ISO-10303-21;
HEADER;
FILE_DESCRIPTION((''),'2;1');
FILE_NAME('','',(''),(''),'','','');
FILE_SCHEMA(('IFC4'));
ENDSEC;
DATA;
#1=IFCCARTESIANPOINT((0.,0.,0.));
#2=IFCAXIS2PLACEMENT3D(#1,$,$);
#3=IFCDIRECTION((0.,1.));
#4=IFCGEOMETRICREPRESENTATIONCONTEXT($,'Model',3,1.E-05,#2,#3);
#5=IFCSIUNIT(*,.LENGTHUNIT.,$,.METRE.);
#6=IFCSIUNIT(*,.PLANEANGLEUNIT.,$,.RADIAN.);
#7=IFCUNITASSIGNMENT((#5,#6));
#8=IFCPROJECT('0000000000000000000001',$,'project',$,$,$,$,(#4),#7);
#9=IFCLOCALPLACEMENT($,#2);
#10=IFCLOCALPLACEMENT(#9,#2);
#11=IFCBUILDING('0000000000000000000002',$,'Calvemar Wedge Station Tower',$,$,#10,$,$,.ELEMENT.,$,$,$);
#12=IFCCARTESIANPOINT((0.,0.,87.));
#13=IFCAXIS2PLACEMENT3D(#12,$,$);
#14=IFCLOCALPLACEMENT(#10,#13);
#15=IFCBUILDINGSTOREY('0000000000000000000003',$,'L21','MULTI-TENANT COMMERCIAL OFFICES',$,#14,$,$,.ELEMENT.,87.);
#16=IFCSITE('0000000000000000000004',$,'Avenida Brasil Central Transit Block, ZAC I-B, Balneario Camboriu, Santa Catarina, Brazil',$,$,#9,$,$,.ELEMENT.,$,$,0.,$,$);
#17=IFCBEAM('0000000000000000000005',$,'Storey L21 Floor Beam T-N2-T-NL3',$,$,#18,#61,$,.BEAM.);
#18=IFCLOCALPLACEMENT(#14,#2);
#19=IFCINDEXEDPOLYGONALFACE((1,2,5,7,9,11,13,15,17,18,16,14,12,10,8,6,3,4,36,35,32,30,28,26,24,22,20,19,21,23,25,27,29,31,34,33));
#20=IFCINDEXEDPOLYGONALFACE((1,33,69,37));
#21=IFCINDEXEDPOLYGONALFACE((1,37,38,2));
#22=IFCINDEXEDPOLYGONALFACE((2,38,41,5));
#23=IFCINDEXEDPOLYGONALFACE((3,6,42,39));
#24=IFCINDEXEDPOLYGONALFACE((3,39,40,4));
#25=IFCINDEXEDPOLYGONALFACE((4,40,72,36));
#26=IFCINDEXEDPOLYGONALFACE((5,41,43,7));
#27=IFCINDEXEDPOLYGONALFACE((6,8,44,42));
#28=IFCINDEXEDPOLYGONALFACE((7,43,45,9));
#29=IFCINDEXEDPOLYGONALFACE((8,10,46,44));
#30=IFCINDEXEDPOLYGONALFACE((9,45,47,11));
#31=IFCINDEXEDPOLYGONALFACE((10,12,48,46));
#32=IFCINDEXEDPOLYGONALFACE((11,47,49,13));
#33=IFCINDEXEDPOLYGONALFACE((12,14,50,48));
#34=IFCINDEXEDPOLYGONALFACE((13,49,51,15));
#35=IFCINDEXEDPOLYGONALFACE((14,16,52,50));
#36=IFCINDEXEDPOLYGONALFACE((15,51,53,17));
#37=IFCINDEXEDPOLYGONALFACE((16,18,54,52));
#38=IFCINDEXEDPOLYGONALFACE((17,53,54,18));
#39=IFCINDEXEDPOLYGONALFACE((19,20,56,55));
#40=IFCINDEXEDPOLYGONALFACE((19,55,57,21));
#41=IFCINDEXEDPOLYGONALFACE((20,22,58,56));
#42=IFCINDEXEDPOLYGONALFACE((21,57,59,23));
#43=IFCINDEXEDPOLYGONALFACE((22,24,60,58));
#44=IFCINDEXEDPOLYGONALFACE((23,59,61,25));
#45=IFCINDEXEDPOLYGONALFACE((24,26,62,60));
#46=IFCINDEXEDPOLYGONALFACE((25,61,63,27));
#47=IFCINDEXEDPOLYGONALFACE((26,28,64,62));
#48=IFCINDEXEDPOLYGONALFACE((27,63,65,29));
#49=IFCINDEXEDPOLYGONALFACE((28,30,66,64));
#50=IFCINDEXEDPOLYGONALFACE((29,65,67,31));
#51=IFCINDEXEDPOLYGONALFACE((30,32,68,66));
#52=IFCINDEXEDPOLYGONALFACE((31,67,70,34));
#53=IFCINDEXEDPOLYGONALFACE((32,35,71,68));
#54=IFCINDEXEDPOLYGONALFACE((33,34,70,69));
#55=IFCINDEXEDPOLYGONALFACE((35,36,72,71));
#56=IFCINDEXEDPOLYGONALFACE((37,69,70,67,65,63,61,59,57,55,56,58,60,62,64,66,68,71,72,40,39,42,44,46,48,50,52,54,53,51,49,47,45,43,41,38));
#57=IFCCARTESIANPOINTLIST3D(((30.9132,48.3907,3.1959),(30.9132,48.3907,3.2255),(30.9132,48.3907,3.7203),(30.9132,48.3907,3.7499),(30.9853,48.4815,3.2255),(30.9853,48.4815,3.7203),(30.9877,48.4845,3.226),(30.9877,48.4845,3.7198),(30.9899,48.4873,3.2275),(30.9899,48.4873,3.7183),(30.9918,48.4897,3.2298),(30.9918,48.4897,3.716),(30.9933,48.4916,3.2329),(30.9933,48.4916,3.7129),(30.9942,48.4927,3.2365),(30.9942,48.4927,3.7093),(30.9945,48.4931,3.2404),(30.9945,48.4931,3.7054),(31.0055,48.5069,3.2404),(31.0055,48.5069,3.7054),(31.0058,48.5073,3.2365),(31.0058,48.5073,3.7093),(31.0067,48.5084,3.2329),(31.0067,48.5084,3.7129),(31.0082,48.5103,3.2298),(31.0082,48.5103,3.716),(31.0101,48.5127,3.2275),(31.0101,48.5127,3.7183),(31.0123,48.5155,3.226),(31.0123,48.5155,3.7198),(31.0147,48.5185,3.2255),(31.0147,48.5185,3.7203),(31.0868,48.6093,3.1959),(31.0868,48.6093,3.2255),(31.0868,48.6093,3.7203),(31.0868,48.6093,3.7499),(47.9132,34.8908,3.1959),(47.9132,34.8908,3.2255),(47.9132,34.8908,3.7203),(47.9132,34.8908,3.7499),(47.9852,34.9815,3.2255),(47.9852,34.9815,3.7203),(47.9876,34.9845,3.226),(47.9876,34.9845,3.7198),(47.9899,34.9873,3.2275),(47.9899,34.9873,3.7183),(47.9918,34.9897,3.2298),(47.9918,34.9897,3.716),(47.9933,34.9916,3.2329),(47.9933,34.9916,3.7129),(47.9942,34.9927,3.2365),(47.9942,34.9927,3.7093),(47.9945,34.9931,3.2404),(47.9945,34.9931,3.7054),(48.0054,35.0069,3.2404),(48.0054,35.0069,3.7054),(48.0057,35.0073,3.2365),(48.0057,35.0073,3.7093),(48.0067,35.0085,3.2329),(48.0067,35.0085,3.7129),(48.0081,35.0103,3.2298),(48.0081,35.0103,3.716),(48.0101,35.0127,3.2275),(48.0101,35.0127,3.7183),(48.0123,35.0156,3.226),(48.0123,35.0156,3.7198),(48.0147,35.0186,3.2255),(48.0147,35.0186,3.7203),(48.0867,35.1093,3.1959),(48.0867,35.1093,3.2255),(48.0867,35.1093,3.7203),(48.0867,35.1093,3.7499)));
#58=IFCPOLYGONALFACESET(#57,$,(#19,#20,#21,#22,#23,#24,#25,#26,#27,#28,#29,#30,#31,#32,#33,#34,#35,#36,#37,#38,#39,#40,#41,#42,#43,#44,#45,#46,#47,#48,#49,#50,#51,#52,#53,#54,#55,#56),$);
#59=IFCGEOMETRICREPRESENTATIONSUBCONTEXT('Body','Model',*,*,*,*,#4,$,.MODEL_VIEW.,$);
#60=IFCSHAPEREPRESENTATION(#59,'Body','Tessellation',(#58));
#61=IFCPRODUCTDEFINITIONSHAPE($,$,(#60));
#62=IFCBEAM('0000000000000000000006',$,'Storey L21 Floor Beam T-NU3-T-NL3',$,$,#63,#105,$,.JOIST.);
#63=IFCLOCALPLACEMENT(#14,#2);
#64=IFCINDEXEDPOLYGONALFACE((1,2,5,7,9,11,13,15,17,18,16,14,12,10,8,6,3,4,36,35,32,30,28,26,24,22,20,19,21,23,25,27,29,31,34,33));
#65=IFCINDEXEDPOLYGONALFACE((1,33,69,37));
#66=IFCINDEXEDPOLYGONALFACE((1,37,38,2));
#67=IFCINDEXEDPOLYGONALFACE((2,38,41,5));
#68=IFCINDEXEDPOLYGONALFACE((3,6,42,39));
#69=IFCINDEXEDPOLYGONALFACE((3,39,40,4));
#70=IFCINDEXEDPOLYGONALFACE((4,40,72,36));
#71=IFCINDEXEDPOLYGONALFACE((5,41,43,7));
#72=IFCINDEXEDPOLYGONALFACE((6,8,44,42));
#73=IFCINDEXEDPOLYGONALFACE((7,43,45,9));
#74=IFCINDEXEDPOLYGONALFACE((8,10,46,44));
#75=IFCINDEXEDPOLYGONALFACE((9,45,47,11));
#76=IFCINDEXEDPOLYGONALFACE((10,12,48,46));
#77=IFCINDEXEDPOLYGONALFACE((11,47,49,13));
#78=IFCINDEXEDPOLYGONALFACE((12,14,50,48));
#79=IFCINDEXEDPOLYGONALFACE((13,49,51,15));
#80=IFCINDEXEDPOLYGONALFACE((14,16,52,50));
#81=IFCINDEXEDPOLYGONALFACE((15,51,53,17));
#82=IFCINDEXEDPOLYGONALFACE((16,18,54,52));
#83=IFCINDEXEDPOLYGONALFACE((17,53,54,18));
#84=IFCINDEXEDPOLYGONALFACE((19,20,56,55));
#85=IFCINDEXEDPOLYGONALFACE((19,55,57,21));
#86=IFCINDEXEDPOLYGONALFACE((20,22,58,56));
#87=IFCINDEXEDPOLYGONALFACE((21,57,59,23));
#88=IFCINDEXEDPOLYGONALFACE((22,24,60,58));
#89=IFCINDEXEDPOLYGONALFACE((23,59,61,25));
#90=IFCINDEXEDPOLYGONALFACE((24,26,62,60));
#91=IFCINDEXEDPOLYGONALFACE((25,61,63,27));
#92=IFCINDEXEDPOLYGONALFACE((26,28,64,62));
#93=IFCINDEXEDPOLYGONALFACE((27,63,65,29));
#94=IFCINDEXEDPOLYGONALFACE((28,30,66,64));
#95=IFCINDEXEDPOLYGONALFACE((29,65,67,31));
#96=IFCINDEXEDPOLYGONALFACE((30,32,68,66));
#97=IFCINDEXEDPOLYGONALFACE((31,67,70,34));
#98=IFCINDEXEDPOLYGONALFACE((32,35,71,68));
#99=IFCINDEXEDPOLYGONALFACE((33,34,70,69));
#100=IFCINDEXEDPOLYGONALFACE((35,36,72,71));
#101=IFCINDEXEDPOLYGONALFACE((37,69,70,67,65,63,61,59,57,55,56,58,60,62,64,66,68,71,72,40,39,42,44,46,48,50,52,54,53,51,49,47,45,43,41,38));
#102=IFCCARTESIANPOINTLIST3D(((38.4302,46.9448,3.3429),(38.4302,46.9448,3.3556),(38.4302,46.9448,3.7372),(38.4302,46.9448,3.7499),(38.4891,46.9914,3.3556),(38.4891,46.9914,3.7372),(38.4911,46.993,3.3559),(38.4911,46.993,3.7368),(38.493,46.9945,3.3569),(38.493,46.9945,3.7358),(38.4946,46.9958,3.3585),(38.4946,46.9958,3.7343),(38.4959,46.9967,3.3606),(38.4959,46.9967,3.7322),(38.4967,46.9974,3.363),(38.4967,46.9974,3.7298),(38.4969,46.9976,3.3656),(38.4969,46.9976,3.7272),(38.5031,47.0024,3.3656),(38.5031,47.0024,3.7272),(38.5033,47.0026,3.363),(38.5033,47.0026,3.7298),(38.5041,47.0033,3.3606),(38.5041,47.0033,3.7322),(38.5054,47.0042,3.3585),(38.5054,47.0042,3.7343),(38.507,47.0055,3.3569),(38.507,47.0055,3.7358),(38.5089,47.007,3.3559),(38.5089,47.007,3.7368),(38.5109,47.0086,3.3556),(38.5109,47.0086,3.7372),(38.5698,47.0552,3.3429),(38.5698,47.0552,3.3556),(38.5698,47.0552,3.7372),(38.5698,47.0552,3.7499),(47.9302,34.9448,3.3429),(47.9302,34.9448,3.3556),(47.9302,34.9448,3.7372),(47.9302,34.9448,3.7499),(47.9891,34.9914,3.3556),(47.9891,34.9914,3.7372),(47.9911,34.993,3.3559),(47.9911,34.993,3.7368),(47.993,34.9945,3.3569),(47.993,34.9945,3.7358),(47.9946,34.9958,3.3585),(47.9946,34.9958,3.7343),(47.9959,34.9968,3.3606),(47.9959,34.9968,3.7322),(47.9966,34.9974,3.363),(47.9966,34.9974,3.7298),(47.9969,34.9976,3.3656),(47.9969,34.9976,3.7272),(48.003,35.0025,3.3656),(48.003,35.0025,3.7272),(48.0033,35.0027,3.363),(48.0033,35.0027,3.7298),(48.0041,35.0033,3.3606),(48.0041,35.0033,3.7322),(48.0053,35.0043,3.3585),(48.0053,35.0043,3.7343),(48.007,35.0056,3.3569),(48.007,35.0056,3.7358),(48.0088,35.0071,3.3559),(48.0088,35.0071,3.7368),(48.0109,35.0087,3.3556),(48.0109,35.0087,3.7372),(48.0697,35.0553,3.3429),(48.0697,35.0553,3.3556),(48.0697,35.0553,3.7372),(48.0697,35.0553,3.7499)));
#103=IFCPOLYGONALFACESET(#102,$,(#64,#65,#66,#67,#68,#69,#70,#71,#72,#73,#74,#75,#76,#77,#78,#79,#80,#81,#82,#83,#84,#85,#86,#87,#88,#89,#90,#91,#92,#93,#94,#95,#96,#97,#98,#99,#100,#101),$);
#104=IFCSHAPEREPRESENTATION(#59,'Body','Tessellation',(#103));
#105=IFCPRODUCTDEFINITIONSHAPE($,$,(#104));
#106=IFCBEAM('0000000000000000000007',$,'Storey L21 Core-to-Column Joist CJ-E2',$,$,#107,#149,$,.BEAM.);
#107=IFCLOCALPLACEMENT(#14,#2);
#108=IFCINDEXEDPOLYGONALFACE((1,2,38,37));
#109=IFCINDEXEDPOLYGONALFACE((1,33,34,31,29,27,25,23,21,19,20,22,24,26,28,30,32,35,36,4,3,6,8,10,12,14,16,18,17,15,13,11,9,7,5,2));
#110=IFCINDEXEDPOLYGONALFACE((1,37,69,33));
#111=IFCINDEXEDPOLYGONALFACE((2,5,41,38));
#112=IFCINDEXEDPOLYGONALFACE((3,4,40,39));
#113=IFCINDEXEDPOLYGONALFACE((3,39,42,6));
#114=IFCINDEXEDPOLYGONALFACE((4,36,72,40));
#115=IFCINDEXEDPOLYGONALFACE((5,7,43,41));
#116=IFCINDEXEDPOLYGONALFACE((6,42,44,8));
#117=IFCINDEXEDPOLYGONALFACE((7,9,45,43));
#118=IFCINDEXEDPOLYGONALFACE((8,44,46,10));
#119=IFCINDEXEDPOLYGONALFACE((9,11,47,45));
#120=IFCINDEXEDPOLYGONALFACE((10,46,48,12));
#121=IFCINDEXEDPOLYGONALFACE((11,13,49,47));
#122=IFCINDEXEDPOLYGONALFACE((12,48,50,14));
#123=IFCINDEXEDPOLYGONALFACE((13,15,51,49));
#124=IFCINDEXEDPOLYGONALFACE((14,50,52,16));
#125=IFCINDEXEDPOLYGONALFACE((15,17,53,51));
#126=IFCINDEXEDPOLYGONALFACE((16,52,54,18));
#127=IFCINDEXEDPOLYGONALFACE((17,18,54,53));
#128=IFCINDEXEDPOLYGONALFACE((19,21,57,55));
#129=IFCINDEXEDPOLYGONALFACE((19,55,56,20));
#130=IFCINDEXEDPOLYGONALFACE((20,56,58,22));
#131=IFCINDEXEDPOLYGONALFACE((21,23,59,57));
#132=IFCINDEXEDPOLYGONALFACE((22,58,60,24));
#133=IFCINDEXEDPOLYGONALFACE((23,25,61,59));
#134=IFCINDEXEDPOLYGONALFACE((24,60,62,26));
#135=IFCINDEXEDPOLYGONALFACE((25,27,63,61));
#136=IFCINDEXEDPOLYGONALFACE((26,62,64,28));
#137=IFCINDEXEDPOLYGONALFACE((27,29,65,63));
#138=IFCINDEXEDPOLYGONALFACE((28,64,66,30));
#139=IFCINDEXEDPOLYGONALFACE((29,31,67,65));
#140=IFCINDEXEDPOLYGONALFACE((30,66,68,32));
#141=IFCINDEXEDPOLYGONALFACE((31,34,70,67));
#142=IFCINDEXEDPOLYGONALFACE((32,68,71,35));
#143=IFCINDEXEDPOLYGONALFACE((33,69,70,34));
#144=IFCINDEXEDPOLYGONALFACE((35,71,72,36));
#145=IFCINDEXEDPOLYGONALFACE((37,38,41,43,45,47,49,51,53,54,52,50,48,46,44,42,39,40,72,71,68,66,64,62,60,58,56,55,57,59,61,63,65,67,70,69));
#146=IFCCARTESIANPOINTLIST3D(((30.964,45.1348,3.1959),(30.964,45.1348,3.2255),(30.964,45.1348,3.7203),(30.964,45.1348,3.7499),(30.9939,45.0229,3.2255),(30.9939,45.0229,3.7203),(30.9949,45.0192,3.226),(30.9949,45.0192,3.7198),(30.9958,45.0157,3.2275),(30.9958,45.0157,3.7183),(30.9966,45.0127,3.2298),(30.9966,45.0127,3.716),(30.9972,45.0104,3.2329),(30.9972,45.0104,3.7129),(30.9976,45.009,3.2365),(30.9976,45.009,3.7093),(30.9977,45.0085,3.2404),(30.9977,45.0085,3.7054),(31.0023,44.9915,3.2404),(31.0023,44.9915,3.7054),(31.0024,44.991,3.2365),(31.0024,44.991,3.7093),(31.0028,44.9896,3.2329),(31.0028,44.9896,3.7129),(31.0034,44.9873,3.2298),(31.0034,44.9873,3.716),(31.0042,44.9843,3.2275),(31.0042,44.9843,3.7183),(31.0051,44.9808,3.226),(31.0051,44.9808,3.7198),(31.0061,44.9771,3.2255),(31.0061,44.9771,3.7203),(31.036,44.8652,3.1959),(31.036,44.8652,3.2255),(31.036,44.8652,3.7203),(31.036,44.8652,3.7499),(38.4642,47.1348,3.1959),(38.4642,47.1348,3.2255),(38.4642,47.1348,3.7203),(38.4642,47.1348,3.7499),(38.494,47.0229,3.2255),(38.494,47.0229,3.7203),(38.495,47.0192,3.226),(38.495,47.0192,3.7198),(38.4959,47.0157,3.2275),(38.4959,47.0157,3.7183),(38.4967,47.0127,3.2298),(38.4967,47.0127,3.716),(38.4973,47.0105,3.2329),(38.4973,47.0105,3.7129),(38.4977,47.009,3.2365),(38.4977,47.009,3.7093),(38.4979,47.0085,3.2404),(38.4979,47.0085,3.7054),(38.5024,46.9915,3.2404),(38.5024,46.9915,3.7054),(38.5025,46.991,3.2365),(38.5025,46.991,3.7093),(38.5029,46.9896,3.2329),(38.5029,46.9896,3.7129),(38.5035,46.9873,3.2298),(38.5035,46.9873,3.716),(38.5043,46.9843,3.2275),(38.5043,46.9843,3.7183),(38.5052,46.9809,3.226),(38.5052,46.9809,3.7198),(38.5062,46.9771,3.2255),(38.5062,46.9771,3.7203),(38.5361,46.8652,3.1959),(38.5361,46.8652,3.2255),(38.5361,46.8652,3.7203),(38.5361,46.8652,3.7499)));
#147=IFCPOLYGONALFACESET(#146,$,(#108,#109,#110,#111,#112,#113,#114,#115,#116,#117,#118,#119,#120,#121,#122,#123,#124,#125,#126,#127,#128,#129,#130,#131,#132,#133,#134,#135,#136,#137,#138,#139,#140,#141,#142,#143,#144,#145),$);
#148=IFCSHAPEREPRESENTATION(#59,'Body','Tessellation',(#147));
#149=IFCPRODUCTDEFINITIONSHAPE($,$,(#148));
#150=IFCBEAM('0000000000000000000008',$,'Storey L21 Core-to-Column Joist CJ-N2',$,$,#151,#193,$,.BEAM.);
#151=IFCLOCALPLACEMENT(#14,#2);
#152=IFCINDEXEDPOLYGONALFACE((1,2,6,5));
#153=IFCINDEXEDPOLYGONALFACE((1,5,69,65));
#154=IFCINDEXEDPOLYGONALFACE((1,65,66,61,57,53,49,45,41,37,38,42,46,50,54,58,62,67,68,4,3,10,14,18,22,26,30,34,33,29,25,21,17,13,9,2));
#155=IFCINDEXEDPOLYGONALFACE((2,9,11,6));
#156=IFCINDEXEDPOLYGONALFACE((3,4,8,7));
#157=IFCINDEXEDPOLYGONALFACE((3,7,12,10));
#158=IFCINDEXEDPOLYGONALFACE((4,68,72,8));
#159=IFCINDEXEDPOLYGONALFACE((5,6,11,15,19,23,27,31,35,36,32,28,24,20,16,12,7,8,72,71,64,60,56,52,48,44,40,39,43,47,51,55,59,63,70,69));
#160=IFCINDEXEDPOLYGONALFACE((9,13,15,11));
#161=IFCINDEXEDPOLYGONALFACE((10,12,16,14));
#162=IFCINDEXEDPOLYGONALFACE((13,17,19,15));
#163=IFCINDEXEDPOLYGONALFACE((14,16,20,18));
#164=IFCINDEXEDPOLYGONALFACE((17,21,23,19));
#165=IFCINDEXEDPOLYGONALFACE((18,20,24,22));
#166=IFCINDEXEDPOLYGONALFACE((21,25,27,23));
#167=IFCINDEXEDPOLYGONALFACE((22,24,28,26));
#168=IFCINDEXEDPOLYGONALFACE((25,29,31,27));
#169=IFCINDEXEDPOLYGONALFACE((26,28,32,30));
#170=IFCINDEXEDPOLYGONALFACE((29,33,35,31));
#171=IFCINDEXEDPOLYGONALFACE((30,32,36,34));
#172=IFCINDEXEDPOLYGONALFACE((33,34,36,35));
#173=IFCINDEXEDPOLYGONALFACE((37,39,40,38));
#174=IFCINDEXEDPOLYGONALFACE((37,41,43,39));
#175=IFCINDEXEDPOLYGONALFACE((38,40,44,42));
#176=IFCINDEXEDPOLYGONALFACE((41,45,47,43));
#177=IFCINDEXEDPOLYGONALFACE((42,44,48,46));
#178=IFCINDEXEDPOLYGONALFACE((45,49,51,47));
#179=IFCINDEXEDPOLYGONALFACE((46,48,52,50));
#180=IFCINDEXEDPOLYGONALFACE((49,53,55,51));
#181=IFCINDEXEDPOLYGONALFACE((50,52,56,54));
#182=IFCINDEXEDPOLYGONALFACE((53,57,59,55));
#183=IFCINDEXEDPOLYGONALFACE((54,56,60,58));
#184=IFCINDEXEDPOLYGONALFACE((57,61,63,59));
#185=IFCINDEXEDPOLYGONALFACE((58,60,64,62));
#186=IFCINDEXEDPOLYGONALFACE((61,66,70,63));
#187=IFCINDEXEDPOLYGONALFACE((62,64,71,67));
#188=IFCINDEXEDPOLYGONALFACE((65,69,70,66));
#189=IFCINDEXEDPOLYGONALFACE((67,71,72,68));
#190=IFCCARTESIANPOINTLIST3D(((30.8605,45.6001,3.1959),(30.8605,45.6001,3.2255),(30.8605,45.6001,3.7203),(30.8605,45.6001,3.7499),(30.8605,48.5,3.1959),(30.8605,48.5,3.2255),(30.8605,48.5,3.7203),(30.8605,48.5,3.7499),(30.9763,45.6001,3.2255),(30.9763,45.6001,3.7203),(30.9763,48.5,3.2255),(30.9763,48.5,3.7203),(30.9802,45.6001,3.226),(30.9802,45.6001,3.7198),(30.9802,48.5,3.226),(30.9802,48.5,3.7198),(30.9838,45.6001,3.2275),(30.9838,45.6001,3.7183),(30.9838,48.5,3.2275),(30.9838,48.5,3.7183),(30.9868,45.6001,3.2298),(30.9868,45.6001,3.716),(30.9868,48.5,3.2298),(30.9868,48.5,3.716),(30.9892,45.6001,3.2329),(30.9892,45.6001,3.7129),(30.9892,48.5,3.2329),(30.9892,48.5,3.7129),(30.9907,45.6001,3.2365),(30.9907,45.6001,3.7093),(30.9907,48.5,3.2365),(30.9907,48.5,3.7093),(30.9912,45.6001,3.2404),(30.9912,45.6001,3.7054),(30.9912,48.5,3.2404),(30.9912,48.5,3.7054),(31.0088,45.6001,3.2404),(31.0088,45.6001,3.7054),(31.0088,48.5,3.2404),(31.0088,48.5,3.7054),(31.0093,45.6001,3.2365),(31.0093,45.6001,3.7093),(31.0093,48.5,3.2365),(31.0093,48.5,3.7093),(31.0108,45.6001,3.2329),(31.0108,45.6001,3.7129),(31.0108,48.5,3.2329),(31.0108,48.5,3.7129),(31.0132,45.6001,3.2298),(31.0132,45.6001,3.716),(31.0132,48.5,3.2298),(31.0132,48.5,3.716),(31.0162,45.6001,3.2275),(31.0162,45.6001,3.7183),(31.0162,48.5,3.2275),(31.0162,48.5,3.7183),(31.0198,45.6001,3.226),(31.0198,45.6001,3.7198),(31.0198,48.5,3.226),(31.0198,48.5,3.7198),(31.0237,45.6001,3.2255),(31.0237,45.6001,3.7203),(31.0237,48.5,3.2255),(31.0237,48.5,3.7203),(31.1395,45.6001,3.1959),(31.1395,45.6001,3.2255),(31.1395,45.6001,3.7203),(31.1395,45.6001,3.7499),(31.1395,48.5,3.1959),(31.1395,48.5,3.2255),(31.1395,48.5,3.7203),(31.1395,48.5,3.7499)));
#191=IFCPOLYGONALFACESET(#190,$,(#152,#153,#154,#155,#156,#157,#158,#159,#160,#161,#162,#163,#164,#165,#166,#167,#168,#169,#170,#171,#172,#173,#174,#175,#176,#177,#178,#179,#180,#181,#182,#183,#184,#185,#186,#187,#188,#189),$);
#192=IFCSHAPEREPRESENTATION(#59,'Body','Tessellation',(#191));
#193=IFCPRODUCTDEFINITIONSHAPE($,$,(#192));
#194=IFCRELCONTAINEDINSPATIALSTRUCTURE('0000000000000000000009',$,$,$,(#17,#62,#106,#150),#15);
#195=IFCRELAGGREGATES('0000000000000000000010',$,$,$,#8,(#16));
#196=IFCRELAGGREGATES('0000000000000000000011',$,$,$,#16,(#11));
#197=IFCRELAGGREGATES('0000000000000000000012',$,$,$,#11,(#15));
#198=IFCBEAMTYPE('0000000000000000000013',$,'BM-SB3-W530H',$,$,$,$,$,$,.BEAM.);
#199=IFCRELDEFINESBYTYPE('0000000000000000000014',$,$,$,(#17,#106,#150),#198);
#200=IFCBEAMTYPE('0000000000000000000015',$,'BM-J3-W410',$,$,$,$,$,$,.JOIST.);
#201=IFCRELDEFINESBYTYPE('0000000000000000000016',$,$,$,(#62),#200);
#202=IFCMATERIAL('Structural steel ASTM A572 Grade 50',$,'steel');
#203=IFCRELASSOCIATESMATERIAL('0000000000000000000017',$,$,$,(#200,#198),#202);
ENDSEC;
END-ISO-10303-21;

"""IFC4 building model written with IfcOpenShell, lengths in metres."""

from ifc_helpers import new_model, si_unit, direction, frame, origin, origin_2d, place, context, subcontext, project, spatial, i_section, extrude, source, transform, mapped, material, material_profile, profile_set, type_object, element, save


model = new_model("IFC4")

# Units and contexts
model_context = context("Model", 3, precision=1e-05, world=origin(), true_north=direction((0.0, 1.0)))
body_context = subcontext(model_context, "Body", "Model", "MODEL_VIEW")
ifc_project = project(units=[si_unit("LENGTHUNIT", "METRE"), si_unit("PLANEANGLEUNIT", "RADIAN")], contexts=[model_context])

# Site, building, storey
site_placement = place(None, origin())
site = spatial("IfcSite", under=ifc_project, at=site_placement, Name="Avenida Brasil Central Transit Block, ZAC I-B, Balneario Camboriu, Santa Catarina, Brazil", CompositionType="ELEMENT", RefElevation=0.0)
building_placement = place(site_placement, origin())
building = spatial("IfcBuilding", under=site, at=building_placement, Name="Calvemar Wedge Station Tower", CompositionType="ELEMENT")
storey_placement = place(building_placement, frame((0.0, 0.0, 87.0)))
storey = spatial("IfcBuildingStorey", under=building, at=storey_placement, Name="L21", Description="MULTI-TENANT COMMERCIAL OFFICES", CompositionType="ELEMENT", Elevation=87.0)

# Beams
ifc_material_1 = material(Name="Structural steel ASTM A572 Grade 50", Category="steel")
ifc_material_profile_1 = material_profile(ifc_material_1, i_section(OverallWidth=0.178, OverallDepth=0.407, WebThickness=0.0078, FlangeThickness=0.0127, FilletRadius=0.01, at=origin_2d()), Name="W410x60")
ifc_profile_set_1 = profile_set([ifc_material_profile_1], Name="Structural steel ASTM A572 Grade 50")
beam_type_1 = type_object("IfcBeamType", Name="BM-J3-W410", PredefinedType="JOIST", material=ifc_profile_set_1)
ifc_material_profile_2 = material_profile(ifc_material_1, i_section(OverallWidth=0.2791, OverallDepth=0.554, WebThickness=0.0176, FlangeThickness=0.0295, FilletRadius=0.0149, at=origin_2d()), Name="W530x196")
ifc_profile_set_2 = profile_set([ifc_material_profile_2], Name="Structural steel ASTM A572 Grade 50")
beam_type_2 = type_object("IfcBeamType", Name="BM-SB3-W530H", PredefinedType="BEAM", material=ifc_profile_set_2)
shared_shape_1 = source(origin(), body_context, "Body", "SweptSolid", [
    extrude(i_section(OverallWidth=0.2791, OverallDepth=0.554, WebThickness=0.0176, FlangeThickness=0.0295, FilletRadius=0.0149, at=origin_2d()), origin(), (0.0, 0.0, 1.0), 21.7083),
])
beam_1_placement = place(storey_placement, frame((31.0, 48.5, 3.4729), z_axis=(0.783111, -0.621882, 0.0), x_axis=(0.621882, 0.783111, 0.0)))
element("IfcBeam", 1, at=beam_1_placement, inside=storey, type_object=beam_type_2, Name="Storey L21 Floor Beam T-N2-T-NL3", PredefinedType="BEAM", context=body_context, shape_type="MappedRepresentation", body=[
    mapped(shared_shape_1, transform((0.0, 0.0, 0.0), scale=1.0)),
])
shared_shape_2 = source(origin(), body_context, "Body", "SweptSolid", [
    extrude(i_section(OverallWidth=0.178, OverallDepth=0.407, WebThickness=0.0078, FlangeThickness=0.0127, FilletRadius=0.01, at=origin_2d()), origin(), (0.0, 0.0, 1.0), 15.3052),
])
beam_2_placement = place(storey_placement, frame((38.5, 47.0, 3.5464), z_axis=(0.620703, -0.784046, 0.0), x_axis=(0.784046, 0.620703, 0.0)))
element("IfcBeam", 2, at=beam_2_placement, inside=storey, type_object=beam_type_1, Name="Storey L21 Floor Beam T-NU3-T-NL3", PredefinedType="JOIST", context=body_context, shape_type="MappedRepresentation", body=[
    mapped(shared_shape_2, transform((0.0, 0.0, 0.0), scale=1.0)),
])
shared_shape_3 = source(origin(), body_context, "Body", "SweptSolid", [
    extrude(i_section(OverallWidth=0.2791, OverallDepth=0.554, WebThickness=0.0176, FlangeThickness=0.0295, FilletRadius=0.0149, at=origin_2d()), origin(), (0.0, 0.0, 1.0), 7.7622),
])
beam_3_placement = place(storey_placement, frame((31.0, 45.0, 3.4729), z_axis=(0.966235, 0.257663, 0.0), x_axis=(-0.257663, 0.966235, 0.0)))
element("IfcBeam", 3, at=beam_3_placement, inside=storey, type_object=beam_type_2, Name="Storey L21 Core-to-Column Joist CJ-E2", PredefinedType="BEAM", context=body_context, shape_type="MappedRepresentation", body=[
    mapped(shared_shape_3, transform((0.0, 0.0, 0.0), scale=1.0)),
])
shared_shape_4 = source(origin(), body_context, "Body", "SweptSolid", [
    extrude(i_section(OverallWidth=0.2791, OverallDepth=0.554, WebThickness=0.0176, FlangeThickness=0.0295, FilletRadius=0.0149, at=origin_2d()), origin(), (0.0, 0.0, 1.0), 2.8999),
])
beam_4_placement = place(storey_placement, frame((31.0, 45.6001, 3.4729), z_axis=(0.0, 1.0, 0.0), x_axis=(-1.0, 0.0, 0.0)))
element("IfcBeam", 4, at=beam_4_placement, inside=storey, type_object=beam_type_2, Name="Storey L21 Core-to-Column Joist CJ-N2", PredefinedType="BEAM", context=body_context, shape_type="MappedRepresentation", body=[
    mapped(shared_shape_4, transform((0.0, 0.0, 0.0), scale=1.0)),
])

save(model, "model.ifc")
